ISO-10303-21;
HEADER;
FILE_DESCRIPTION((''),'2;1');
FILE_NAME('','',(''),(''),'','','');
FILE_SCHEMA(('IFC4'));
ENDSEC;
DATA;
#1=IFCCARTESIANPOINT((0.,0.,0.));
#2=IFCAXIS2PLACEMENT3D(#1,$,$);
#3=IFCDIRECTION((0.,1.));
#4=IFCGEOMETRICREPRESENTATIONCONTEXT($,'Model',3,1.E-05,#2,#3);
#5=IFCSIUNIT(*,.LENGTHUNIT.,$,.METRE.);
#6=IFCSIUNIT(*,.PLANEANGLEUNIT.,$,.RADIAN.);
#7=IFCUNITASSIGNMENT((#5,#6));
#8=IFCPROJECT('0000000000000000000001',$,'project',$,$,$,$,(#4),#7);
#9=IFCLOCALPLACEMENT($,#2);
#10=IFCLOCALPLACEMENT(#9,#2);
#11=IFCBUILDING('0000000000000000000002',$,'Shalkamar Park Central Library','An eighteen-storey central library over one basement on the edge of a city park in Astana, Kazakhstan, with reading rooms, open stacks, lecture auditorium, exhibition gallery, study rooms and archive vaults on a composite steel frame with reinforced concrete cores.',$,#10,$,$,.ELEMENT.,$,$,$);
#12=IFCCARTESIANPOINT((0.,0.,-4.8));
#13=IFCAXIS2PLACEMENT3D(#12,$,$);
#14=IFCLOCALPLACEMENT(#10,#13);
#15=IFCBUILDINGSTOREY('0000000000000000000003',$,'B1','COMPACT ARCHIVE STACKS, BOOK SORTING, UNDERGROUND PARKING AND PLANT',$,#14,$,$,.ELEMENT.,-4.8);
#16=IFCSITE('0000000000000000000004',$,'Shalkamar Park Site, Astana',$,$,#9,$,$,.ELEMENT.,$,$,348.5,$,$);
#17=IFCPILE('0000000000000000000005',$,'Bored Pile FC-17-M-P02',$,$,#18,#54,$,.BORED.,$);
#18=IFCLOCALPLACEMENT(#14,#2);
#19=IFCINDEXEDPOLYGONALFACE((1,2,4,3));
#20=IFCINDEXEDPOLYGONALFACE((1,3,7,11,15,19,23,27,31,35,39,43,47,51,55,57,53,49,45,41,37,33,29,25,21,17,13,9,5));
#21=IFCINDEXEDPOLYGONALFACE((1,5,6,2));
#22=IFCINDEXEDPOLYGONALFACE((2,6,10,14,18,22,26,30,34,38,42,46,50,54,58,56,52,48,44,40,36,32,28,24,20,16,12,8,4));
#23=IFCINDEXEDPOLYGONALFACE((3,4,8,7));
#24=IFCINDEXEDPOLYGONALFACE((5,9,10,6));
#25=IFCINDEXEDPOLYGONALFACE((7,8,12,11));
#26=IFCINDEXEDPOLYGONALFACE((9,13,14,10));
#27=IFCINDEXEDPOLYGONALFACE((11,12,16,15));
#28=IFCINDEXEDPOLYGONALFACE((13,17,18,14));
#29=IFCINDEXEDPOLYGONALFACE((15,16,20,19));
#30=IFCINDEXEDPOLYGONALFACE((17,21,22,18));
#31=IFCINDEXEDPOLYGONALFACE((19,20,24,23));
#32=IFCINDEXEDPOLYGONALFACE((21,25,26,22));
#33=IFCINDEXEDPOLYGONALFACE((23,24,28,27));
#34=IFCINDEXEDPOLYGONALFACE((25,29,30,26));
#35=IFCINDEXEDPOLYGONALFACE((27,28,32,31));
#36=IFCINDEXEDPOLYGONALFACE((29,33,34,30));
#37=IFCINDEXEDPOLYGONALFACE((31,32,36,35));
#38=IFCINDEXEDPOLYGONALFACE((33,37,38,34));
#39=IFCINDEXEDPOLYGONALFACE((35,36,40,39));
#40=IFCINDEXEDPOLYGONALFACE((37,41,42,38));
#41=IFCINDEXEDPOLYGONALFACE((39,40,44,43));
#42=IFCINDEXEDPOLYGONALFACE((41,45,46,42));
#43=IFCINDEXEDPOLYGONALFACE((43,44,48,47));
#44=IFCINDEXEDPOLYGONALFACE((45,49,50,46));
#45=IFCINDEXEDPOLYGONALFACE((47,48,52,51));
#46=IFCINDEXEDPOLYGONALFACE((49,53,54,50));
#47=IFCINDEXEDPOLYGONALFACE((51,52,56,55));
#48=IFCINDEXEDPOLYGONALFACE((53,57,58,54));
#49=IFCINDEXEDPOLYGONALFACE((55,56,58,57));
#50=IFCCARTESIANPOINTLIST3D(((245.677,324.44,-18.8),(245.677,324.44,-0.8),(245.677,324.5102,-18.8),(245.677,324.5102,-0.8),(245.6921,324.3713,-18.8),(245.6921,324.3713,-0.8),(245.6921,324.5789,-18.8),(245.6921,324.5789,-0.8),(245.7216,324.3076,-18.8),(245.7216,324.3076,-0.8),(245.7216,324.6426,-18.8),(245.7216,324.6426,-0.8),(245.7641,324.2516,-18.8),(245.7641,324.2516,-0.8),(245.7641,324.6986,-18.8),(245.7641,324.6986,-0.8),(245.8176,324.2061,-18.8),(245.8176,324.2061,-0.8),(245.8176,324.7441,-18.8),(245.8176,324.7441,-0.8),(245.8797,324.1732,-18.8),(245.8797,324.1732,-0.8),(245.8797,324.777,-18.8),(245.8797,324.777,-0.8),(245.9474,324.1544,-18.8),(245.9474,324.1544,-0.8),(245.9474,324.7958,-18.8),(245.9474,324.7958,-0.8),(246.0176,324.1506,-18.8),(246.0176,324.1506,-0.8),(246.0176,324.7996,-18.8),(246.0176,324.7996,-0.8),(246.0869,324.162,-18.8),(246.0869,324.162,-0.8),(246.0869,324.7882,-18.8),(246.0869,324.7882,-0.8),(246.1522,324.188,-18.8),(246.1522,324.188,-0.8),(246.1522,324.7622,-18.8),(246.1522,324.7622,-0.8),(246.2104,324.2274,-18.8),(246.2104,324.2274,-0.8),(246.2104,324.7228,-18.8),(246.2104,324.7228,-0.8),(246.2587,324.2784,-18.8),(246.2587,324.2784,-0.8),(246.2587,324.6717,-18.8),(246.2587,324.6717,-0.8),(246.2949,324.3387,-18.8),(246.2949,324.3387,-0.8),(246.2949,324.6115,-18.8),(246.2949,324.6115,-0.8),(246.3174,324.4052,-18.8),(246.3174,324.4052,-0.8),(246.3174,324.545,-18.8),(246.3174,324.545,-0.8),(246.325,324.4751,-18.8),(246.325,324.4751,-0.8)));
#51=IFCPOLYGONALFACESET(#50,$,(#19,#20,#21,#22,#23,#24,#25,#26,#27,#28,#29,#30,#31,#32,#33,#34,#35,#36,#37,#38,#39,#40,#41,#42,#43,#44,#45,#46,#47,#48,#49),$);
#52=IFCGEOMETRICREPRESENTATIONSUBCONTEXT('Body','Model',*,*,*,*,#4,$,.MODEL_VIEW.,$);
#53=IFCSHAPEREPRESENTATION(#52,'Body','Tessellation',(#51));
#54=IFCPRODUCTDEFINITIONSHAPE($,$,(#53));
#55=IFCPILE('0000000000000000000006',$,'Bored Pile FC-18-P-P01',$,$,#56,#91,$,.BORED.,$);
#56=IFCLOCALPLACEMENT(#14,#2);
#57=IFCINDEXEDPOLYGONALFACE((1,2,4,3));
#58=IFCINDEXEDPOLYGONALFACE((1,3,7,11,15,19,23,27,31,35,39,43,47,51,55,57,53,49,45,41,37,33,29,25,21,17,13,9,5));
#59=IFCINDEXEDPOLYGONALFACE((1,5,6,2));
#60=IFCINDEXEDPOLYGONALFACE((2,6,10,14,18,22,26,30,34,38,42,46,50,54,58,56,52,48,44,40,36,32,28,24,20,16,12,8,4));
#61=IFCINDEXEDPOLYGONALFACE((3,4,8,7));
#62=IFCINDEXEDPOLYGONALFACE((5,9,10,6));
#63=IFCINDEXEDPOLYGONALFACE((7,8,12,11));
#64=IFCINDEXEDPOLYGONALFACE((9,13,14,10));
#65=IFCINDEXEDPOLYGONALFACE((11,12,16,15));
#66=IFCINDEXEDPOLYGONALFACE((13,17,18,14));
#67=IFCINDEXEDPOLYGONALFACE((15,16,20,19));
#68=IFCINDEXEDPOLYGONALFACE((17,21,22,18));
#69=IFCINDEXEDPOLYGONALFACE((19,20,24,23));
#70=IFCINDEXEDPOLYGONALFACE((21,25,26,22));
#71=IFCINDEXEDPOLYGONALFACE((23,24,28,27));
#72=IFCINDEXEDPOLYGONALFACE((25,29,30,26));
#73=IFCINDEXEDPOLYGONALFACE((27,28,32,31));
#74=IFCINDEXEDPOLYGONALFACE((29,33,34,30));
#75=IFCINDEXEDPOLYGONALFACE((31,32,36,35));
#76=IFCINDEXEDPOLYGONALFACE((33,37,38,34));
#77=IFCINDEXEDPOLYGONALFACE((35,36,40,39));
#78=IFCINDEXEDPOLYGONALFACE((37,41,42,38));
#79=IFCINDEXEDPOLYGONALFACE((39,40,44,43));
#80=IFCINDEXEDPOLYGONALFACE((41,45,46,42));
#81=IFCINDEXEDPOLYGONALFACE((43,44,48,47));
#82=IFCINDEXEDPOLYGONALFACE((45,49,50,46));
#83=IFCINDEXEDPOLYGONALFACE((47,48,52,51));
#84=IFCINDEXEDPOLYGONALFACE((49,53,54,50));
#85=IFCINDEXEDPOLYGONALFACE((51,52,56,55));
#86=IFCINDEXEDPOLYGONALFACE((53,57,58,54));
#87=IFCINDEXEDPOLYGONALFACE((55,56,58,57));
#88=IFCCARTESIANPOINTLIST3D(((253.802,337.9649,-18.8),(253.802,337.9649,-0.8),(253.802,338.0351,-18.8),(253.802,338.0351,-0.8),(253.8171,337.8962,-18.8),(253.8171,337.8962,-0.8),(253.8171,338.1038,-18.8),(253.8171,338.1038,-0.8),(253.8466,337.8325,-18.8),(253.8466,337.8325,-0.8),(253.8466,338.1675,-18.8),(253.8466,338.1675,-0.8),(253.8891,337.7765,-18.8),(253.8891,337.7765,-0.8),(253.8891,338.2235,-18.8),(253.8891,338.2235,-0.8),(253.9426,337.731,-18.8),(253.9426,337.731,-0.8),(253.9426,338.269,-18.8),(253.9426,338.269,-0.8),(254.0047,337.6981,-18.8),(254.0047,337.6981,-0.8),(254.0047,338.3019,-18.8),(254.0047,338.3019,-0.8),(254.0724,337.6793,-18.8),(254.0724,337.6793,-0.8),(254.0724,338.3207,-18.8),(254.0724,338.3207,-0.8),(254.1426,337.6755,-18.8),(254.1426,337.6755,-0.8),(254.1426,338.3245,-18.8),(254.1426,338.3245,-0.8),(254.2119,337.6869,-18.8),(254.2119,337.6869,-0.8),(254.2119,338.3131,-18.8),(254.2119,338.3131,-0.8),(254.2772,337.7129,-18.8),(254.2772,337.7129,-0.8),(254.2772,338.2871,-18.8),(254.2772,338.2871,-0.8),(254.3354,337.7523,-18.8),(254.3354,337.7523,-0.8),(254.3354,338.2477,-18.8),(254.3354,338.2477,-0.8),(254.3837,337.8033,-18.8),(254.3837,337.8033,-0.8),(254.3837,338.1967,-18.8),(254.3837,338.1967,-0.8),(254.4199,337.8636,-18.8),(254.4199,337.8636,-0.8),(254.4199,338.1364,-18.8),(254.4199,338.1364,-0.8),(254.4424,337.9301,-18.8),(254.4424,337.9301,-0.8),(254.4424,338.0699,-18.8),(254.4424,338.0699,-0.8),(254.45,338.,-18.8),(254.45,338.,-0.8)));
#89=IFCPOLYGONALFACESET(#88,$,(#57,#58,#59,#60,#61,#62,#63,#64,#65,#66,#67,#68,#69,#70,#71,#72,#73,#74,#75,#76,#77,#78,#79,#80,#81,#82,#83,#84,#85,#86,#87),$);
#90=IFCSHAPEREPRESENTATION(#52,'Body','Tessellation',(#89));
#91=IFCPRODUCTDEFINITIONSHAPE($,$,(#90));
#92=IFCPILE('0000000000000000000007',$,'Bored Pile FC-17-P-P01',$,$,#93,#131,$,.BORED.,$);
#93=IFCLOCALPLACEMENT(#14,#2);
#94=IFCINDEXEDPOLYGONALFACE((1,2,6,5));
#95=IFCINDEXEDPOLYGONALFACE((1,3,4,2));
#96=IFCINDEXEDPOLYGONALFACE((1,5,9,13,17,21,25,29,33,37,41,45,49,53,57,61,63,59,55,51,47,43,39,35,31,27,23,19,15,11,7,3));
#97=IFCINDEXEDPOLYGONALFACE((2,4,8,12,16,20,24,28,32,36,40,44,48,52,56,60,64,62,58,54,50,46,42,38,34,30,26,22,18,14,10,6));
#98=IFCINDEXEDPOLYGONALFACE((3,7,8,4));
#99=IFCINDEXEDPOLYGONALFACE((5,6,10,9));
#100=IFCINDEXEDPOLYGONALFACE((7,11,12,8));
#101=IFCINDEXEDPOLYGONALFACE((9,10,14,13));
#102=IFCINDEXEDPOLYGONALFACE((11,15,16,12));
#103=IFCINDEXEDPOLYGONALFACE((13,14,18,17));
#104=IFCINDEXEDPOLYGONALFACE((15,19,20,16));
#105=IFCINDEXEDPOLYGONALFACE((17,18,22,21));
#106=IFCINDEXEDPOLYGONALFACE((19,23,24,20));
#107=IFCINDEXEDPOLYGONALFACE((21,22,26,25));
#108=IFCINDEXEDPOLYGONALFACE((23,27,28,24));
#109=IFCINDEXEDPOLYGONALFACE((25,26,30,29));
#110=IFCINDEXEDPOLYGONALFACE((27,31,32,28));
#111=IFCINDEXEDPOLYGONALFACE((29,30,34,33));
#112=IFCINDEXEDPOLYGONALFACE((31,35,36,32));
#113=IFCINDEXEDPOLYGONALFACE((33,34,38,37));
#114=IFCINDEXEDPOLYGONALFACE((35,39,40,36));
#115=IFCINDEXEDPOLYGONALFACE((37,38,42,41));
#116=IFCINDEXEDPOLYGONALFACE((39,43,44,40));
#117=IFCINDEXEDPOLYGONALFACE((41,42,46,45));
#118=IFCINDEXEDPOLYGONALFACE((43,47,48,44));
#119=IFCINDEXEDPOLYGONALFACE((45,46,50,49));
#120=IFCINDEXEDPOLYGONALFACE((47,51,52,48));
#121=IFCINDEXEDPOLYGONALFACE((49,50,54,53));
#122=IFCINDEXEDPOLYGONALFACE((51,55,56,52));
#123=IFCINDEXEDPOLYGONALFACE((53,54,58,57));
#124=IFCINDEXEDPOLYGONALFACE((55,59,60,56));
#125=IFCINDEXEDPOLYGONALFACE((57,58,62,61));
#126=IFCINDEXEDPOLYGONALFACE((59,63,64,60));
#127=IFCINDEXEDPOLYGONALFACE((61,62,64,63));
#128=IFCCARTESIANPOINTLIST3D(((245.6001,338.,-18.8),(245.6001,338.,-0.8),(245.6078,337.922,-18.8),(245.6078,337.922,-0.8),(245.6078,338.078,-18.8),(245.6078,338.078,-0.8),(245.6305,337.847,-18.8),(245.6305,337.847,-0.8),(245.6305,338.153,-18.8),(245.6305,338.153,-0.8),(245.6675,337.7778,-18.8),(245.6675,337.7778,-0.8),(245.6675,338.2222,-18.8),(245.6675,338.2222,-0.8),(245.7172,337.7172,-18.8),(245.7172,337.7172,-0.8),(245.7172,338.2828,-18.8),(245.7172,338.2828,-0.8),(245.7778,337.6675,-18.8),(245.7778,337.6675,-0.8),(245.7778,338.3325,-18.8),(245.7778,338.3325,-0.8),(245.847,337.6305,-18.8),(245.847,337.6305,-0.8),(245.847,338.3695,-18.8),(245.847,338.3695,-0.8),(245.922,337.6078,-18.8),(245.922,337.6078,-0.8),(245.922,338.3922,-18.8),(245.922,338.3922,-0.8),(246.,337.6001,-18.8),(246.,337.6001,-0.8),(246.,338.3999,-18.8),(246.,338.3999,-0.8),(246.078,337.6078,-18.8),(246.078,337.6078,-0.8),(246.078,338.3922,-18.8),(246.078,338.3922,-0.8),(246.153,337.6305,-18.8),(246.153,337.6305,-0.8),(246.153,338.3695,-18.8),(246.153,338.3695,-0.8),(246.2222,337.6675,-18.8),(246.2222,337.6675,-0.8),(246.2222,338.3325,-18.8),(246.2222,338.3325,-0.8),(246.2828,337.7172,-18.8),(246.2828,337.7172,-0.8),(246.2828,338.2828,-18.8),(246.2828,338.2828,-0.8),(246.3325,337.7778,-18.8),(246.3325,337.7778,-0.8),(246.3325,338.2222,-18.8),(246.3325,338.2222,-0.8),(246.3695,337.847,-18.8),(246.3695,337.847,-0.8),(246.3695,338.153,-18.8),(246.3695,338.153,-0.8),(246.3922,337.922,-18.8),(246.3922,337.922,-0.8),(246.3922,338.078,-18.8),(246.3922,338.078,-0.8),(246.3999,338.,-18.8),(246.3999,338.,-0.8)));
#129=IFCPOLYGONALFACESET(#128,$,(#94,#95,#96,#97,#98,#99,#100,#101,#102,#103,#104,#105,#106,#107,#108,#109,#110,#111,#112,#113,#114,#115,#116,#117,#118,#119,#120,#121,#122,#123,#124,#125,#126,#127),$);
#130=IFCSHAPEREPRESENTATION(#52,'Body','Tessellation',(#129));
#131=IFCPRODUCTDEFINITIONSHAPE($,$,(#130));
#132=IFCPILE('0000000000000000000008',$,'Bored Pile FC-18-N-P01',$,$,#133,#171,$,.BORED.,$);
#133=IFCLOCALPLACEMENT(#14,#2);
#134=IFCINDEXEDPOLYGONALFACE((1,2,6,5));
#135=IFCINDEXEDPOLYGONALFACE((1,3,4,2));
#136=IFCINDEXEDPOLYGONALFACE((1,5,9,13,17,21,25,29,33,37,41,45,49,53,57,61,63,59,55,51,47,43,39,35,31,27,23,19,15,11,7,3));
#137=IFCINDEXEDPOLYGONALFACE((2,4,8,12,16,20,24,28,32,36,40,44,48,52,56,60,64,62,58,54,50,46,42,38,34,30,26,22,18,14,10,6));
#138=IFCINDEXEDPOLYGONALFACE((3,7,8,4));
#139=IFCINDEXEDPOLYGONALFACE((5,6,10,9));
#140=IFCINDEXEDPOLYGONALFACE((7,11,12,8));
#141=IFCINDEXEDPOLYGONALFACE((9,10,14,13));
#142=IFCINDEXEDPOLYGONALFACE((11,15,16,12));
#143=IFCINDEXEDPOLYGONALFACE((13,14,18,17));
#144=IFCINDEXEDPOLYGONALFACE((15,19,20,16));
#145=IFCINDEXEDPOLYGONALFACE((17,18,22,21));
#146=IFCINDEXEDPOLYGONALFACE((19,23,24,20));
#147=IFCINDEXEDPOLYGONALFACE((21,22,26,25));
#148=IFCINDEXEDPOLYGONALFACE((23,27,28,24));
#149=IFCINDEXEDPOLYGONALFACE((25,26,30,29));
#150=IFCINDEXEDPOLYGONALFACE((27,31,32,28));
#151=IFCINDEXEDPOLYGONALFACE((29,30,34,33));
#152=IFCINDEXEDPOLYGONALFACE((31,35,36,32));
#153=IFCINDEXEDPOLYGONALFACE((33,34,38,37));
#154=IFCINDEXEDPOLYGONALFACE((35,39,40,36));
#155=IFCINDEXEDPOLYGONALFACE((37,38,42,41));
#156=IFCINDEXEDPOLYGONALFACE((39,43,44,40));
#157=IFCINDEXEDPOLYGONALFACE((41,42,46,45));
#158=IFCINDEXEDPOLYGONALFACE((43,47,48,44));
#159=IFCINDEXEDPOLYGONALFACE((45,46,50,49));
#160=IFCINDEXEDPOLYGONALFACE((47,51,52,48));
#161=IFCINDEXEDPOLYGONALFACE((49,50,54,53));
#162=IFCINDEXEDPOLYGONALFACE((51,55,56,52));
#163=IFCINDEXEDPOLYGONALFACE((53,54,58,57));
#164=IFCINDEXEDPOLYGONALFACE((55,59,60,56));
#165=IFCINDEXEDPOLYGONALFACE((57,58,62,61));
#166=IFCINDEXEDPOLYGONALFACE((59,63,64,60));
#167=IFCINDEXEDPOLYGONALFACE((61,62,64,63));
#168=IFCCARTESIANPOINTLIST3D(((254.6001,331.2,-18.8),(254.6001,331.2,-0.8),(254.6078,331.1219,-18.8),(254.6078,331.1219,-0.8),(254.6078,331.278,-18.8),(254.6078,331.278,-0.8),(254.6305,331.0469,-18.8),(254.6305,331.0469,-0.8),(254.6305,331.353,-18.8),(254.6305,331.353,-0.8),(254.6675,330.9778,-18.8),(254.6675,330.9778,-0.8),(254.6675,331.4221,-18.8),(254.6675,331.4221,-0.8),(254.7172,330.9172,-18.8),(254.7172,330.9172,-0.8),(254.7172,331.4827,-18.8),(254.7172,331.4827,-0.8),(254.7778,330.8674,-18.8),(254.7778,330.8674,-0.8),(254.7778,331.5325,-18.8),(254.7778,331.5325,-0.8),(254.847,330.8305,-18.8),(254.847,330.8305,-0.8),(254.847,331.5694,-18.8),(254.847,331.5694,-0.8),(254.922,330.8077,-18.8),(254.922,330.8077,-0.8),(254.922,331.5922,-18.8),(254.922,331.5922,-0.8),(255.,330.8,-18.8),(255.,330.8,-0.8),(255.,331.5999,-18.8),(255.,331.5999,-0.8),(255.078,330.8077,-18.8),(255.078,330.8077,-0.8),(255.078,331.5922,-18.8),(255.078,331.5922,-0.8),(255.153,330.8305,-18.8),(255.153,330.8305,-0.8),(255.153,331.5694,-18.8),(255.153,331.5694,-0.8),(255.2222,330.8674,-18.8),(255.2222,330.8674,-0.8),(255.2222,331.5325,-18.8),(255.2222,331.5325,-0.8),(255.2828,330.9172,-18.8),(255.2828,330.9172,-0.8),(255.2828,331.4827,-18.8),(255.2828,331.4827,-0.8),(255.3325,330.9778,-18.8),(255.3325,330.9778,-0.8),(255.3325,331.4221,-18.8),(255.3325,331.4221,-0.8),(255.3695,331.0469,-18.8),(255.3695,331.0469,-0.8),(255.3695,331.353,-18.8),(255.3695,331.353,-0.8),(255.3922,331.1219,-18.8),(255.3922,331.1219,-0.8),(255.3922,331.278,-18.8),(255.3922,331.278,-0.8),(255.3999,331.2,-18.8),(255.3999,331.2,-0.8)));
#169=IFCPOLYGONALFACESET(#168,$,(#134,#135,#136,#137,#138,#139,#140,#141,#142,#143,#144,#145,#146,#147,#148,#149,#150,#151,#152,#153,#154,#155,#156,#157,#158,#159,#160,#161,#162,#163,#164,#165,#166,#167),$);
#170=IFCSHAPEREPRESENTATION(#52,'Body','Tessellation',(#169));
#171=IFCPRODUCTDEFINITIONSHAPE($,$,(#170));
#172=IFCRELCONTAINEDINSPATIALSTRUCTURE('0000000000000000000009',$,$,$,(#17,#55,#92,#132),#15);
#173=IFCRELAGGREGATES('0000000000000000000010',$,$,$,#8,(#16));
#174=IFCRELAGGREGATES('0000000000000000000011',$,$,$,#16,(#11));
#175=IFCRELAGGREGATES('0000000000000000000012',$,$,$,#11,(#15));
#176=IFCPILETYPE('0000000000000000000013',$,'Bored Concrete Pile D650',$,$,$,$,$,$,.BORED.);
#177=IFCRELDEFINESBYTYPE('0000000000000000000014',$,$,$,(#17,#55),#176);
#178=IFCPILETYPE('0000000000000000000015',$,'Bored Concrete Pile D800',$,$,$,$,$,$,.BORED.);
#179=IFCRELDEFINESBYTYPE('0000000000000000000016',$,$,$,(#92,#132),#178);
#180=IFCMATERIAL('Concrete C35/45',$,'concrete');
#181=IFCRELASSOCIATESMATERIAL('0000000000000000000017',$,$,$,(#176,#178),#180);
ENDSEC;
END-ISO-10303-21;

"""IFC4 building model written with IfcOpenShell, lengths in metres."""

from ifc_helpers import new_model, si_unit, direction, frame, origin, origin_2d, place, context, subcontext, project, spatial, circle, extrude, material, material_profile, profile_set, type_object, element, save


model = new_model("IFC4")

# Units and contexts
model_context = context("Model", 3, precision=1e-05, world=origin(), true_north=direction((0.0, 1.0)))
body_context = subcontext(model_context, "Body", "Model", "MODEL_VIEW")
ifc_project = project(units=[si_unit("LENGTHUNIT", "METRE"), si_unit("PLANEANGLEUNIT", "RADIAN")], contexts=[model_context])

# Site, building, storey
site_placement = place(None, origin())
site = spatial("IfcSite", under=ifc_project, at=site_placement, Name="Shalkamar Park Site, Astana", CompositionType="ELEMENT", RefElevation=348.5)
building_placement = place(site_placement, origin())
building = spatial("IfcBuilding", under=site, at=building_placement, Name="Shalkamar Park Central Library", Description="An eighteen-storey central library over one basement on the edge of a city park in Astana, Kazakhstan, with reading rooms, open stacks, lecture auditorium, exhibition gallery, study rooms and archive vaults on a composite steel frame with reinforced concrete cores.", CompositionType="ELEMENT")
storey_placement = place(building_placement, frame((0.0, 0.0, -4.8)))
storey = spatial("IfcBuildingStorey", under=building, at=storey_placement, Name="B1", Description="COMPACT ARCHIVE STACKS, BOOK SORTING, UNDERGROUND PARKING AND PLANT", CompositionType="ELEMENT", Elevation=-4.8)

# Piles
ifc_material_1 = material(Name="Concrete C35/45", Category="concrete")
ifc_material_profile_1 = material_profile(ifc_material_1, circle(Radius=0.325, at=origin_2d()), Name="PILE D650")
ifc_profile_set_1 = profile_set([ifc_material_profile_1], Name="Concrete C35/45")
pile_type_1 = type_object("IfcPileType", Name="Bored Concrete Pile D650", PredefinedType="BORED", material=ifc_profile_set_1)
for number, where, z_axis, x_axis, name in (
    (1, (246.0, 324.4751, -0.8), (0.0, 0.0, -1.0), (1.0, 0.0, 0.0), "Bored Pile FC-17-M-P02"),
    (2, (254.125, 338.0, -0.8), (0.0, 0.0, -1.0), (1.0, 0.0, 0.0), "Bored Pile FC-18-P-P01"),
):
    element("IfcPile", number, at=place(storey_placement, frame(where, z_axis=z_axis, x_axis=x_axis)), inside=storey, type_object=pile_type_1, Name=name, PredefinedType="BORED", context=body_context, shape_type="SweptSolid", body=[
        extrude(circle(Radius=0.325, at=origin_2d()), origin(), (0.0, 0.0, 1.0), 18.0),
    ])
ifc_material_profile_2 = material_profile(ifc_material_1, circle(Radius=0.3999, at=origin_2d()), Name="PILE D800")
ifc_profile_set_2 = profile_set([ifc_material_profile_2], Name="Concrete C35/45")
pile_type_2 = type_object("IfcPileType", Name="Bored Concrete Pile D800", PredefinedType="BORED", material=ifc_profile_set_2)
for number, where, z_axis, x_axis, name in (
    (3, (246.0, 338.0, -0.8), (0.0, 0.0, -1.0), (1.0, 0.0, 0.0), "Bored Pile FC-17-P-P01"),
    (4, (255.0, 331.2, -0.8), (0.0, 0.0, -1.0), (1.0, 0.0, 0.0), "Bored Pile FC-18-N-P01"),
):
    element("IfcPile", number, at=place(storey_placement, frame(where, z_axis=z_axis, x_axis=x_axis)), inside=storey, type_object=pile_type_2, Name=name, PredefinedType="BORED", context=body_context, shape_type="SweptSolid", body=[
        extrude(circle(Radius=0.3999, at=origin_2d()), origin(), (0.0, 0.0, 1.0), 18.0),
    ])

save(model, "model.ifc")
